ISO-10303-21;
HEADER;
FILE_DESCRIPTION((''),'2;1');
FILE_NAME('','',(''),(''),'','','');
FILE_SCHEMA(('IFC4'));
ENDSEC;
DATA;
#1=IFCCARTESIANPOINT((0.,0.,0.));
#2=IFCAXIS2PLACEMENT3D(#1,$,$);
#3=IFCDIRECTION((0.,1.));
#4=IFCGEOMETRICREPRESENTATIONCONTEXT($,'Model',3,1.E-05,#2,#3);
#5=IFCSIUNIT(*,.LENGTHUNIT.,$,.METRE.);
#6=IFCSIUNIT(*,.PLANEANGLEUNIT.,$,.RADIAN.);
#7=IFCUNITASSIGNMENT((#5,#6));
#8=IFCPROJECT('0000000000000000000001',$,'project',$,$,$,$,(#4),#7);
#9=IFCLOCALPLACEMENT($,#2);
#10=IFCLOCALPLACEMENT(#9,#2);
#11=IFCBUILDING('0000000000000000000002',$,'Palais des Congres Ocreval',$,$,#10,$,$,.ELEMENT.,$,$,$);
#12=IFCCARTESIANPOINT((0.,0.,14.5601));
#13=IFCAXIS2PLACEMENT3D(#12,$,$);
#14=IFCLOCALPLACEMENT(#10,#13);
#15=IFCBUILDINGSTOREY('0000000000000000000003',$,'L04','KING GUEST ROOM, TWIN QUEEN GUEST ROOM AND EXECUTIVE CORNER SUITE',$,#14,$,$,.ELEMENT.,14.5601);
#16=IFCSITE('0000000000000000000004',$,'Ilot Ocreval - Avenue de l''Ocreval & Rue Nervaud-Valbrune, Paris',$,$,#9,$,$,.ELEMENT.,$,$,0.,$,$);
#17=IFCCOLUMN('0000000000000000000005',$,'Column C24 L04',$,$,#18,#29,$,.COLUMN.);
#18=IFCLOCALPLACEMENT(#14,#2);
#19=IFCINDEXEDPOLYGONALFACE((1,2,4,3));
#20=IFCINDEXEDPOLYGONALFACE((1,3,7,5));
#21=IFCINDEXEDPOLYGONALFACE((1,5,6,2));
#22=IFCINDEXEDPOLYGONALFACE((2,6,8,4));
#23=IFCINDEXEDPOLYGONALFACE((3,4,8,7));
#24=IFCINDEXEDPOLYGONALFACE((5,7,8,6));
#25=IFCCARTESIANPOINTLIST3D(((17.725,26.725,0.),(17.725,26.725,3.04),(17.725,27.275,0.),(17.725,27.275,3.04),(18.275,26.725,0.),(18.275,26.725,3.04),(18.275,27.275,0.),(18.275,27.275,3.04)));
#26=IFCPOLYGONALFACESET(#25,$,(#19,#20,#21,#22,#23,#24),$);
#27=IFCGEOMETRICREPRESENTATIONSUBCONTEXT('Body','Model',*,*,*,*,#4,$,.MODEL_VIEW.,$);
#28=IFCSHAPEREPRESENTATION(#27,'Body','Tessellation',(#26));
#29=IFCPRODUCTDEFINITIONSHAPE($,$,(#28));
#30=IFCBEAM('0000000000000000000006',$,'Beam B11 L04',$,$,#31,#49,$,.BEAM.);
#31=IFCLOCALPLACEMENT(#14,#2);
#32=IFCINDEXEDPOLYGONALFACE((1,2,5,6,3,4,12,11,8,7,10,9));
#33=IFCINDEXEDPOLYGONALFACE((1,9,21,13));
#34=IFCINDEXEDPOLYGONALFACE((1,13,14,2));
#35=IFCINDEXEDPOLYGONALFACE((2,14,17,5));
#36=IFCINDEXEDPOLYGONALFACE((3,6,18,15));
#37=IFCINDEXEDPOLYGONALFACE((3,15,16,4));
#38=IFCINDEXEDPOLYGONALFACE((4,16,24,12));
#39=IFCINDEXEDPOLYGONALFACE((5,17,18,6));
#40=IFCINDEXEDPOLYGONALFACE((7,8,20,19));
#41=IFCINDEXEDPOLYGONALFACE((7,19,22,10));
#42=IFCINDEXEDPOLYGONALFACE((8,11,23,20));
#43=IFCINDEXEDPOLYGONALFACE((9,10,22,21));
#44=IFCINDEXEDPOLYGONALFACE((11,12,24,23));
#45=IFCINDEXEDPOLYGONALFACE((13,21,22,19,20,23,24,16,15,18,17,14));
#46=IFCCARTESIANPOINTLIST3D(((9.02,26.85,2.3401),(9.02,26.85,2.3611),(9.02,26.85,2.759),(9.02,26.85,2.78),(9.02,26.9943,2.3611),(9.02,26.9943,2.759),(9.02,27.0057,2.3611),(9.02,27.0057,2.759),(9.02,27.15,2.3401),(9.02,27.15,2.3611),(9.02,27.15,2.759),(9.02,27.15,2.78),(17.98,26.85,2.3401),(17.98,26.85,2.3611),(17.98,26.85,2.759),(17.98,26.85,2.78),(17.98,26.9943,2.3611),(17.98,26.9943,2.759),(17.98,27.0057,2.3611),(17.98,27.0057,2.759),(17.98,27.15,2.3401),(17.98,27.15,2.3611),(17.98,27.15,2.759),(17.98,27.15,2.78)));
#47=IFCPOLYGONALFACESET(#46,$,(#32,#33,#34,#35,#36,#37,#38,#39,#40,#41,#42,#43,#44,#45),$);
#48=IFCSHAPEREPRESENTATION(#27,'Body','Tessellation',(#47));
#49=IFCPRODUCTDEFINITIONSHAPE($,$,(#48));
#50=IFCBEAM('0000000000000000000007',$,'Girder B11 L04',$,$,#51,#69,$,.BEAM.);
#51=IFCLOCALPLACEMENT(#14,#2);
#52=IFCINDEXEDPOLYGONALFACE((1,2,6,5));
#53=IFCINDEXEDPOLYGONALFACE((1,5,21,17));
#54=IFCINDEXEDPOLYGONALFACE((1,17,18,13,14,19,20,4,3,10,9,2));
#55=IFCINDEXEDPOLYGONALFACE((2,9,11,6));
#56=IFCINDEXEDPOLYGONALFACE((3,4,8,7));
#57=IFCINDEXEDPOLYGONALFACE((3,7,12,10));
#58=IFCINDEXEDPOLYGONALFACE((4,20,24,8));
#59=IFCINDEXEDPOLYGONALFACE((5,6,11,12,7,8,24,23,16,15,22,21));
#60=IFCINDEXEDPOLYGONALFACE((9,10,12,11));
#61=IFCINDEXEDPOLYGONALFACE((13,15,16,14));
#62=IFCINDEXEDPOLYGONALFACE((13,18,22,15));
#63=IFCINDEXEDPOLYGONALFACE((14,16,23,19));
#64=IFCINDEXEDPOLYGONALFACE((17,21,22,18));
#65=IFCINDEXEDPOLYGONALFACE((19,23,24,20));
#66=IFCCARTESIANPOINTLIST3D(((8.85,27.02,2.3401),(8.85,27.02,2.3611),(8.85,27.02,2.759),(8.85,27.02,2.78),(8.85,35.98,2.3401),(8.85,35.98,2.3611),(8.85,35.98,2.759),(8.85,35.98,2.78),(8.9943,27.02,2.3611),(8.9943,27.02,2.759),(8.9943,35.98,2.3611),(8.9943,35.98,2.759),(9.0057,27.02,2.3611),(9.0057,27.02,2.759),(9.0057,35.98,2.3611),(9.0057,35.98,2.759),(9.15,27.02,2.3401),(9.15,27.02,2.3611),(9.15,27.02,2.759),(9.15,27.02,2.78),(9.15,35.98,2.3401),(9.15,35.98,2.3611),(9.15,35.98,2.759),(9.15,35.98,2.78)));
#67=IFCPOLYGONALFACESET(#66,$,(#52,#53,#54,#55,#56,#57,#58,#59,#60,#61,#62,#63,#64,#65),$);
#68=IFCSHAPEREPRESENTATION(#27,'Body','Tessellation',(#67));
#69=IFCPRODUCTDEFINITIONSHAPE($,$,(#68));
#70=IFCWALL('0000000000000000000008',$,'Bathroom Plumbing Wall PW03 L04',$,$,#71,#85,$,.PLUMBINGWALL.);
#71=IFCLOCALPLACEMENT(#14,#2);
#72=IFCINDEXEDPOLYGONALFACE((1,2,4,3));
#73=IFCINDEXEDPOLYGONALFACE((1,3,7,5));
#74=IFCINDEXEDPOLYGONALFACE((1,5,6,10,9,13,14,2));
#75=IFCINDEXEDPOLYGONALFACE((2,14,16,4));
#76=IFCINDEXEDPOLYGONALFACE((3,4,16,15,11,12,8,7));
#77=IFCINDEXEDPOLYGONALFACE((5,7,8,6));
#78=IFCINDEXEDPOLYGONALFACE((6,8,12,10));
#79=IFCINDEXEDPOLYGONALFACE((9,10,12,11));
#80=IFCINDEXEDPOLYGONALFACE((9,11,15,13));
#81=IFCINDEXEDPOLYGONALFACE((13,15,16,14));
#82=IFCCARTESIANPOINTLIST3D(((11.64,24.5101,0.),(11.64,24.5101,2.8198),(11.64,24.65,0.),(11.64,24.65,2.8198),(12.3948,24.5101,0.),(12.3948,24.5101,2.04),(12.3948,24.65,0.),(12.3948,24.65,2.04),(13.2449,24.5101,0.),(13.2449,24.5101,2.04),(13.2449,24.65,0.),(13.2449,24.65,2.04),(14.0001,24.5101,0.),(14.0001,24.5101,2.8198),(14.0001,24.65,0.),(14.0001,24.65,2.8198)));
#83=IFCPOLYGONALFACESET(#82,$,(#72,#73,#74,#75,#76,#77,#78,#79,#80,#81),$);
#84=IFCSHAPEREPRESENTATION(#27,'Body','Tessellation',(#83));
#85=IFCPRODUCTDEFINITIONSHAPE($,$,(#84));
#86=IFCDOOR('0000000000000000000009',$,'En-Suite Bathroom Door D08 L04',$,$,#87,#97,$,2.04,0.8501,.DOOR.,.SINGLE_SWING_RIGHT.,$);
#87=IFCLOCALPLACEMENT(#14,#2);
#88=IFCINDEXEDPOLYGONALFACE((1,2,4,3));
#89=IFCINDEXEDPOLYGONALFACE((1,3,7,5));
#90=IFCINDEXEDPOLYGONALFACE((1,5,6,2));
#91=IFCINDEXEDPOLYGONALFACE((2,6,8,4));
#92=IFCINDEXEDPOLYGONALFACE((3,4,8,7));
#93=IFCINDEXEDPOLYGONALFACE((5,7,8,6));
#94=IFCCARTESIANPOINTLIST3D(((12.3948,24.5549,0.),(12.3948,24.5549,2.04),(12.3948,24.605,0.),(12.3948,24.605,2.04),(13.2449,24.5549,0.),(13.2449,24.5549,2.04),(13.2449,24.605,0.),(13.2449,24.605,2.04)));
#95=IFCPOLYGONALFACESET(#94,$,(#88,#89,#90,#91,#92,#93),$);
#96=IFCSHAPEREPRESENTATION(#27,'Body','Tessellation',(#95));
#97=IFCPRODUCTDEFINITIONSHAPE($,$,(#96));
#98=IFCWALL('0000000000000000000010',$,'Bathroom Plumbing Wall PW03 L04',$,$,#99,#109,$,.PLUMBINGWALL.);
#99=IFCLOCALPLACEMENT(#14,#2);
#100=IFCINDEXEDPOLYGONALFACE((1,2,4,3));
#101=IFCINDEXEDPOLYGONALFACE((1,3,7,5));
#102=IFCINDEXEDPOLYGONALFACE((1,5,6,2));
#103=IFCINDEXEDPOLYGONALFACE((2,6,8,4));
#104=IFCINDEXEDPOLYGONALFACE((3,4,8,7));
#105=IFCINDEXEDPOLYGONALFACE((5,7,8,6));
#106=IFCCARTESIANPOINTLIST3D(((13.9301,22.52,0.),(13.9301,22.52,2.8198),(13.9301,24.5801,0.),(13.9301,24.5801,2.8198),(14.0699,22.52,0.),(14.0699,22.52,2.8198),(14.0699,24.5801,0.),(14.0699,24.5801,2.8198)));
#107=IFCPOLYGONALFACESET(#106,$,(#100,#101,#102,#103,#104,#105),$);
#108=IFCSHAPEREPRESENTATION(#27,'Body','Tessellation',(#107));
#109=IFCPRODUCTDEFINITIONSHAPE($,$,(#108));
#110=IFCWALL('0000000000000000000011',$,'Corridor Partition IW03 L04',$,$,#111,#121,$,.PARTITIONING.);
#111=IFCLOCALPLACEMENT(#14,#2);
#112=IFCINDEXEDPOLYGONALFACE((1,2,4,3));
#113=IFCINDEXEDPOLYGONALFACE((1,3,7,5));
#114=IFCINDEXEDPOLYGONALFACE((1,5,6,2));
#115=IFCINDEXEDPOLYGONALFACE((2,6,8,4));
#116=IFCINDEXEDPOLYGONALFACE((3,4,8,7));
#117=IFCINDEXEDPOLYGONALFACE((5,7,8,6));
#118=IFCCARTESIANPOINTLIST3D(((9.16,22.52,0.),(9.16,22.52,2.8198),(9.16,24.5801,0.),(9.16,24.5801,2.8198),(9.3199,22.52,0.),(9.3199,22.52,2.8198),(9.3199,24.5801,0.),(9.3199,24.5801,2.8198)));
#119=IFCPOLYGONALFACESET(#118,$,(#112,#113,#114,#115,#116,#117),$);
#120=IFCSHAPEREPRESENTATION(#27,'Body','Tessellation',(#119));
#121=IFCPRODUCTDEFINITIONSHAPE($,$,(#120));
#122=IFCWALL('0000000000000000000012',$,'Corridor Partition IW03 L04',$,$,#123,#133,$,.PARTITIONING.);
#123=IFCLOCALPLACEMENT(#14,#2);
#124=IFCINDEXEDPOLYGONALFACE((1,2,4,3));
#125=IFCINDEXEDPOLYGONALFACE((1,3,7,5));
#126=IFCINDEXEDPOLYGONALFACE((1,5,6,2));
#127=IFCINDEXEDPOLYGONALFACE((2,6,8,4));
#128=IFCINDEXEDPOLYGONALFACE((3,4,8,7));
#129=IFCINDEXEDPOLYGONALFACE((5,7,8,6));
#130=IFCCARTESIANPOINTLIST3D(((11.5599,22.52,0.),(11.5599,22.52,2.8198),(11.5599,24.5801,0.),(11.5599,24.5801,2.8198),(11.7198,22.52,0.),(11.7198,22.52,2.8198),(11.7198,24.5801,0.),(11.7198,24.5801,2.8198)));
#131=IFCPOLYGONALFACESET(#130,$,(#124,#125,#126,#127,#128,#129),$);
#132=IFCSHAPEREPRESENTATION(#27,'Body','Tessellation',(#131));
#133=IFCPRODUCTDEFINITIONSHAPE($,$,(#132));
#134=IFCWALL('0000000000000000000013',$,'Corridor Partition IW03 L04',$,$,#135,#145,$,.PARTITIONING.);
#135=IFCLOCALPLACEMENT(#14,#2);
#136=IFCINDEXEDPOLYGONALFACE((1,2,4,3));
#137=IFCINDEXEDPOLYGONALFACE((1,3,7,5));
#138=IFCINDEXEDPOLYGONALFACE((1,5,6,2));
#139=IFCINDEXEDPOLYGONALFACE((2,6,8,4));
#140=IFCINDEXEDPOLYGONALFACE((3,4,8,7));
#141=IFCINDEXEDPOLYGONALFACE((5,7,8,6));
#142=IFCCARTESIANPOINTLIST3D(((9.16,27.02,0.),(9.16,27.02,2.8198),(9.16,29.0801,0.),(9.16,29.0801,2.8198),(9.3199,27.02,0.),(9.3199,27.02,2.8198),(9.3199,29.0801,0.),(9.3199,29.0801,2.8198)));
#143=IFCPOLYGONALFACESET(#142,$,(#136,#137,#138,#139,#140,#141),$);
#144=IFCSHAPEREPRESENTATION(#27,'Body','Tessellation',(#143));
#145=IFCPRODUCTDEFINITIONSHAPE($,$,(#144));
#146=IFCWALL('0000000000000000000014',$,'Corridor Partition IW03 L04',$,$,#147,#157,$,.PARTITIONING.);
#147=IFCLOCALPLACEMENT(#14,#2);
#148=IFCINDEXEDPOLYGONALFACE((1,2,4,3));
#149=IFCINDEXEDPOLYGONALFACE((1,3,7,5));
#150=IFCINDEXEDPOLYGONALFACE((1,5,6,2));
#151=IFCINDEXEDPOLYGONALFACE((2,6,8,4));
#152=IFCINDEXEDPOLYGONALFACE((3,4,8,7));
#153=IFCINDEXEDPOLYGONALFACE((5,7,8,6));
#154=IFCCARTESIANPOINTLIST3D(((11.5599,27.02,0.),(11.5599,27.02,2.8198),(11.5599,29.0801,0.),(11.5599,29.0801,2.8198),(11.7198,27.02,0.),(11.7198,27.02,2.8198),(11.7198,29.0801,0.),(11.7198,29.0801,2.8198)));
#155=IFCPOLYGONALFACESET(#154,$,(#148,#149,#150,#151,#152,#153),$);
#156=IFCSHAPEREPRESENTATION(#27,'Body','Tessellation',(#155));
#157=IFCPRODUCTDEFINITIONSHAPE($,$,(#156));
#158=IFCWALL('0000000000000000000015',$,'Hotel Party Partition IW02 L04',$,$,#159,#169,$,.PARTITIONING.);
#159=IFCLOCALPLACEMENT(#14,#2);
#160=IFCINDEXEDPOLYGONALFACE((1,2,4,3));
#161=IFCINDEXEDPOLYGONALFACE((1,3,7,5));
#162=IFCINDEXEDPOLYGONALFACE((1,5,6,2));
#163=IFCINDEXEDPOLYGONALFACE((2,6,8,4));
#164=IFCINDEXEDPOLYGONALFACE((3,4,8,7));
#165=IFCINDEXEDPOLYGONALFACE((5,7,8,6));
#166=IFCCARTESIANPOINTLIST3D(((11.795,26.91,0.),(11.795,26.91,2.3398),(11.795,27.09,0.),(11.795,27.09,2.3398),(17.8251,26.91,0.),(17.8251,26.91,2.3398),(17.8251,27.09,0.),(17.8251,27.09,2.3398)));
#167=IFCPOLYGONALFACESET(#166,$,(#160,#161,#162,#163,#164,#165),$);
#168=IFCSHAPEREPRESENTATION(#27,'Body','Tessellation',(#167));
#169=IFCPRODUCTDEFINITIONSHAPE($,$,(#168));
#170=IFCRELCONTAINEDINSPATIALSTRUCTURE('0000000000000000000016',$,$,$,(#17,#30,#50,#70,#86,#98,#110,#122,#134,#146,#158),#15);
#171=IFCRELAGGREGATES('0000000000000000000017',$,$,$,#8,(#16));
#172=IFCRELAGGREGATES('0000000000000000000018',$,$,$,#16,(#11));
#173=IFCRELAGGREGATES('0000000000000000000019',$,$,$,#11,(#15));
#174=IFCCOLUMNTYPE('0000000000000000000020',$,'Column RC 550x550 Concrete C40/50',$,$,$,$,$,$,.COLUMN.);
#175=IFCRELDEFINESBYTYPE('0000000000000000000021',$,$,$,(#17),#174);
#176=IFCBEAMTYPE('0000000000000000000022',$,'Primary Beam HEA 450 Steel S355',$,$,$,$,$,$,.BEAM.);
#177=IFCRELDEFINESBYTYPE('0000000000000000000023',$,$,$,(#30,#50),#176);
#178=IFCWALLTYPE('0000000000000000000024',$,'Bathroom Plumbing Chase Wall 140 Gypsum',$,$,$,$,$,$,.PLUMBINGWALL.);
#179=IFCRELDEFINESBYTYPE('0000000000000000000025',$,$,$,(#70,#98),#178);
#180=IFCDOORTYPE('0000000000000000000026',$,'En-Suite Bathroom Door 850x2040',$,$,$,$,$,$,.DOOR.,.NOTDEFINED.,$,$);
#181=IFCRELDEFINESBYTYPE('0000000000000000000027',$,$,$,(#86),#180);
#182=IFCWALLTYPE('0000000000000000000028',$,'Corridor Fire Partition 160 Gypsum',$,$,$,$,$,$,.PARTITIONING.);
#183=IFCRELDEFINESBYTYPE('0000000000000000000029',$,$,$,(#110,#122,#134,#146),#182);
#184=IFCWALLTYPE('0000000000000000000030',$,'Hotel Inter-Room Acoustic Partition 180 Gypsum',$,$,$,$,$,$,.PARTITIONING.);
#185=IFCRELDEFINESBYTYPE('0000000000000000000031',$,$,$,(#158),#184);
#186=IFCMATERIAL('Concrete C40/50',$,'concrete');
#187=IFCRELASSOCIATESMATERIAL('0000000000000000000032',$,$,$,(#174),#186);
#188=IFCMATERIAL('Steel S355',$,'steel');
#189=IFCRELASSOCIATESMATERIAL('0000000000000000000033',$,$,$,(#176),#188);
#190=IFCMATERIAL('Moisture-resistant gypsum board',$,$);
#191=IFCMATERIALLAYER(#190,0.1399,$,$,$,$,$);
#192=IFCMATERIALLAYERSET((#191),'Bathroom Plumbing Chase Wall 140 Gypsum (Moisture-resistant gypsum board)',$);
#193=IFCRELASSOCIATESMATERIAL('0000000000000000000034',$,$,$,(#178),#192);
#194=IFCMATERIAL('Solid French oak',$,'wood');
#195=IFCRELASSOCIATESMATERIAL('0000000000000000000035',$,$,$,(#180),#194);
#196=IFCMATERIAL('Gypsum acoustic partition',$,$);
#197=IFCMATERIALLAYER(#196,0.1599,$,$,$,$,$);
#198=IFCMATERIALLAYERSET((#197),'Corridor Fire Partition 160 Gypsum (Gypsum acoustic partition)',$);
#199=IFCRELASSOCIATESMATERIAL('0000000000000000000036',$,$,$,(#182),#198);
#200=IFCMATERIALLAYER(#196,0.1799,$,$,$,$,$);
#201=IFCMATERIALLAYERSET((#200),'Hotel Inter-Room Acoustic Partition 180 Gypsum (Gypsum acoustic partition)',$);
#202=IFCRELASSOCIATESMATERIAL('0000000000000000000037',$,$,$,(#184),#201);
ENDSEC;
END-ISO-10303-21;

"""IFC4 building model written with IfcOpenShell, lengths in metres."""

from ifc_helpers import new_model, si_unit, direction, frame, frame_2d, origin, origin_2d, place, context, subcontext, project, spatial, rectangle, i_section, extrude, material, layer, layer_set, material_profile, profile_set, type_object, element, fill, save


model = new_model("IFC4")

# Units and contexts
model_context = context("Model", 3, precision=1e-05, world=origin(), true_north=direction((0.0, 1.0)))
body_context = subcontext(model_context, "Body", "Model", "MODEL_VIEW")
ifc_project = project(units=[si_unit("LENGTHUNIT", "METRE"), si_unit("PLANEANGLEUNIT", "RADIAN")], contexts=[model_context])

# Site, building, storey
site_placement = place(None, origin())
site = spatial("IfcSite", under=ifc_project, at=site_placement, Name="Ilot Ocreval - Avenue de l'Ocreval & Rue Nervaud-Valbrune, Paris", CompositionType="ELEMENT", RefElevation=0.0)
building_placement = place(site_placement, origin())
building = spatial("IfcBuilding", under=site, at=building_placement, Name="Palais des Congres Ocreval", CompositionType="ELEMENT")
storey_placement = place(building_placement, frame((0.0, 0.0, 14.5601)))
storey = spatial("IfcBuildingStorey", under=building, at=storey_placement, Name="L04", Description="KING GUEST ROOM, TWIN QUEEN GUEST ROOM AND EXECUTIVE CORNER SUITE", CompositionType="ELEMENT", Elevation=14.5601)

# Column
ifc_material_1 = material(Name="Concrete C40/50", Category="concrete")
ifc_material_profile_1 = material_profile(ifc_material_1, rectangle(XDim=0.55, YDim=0.55, at=origin_2d()), Name="RC 550x550")
ifc_profile_set_1 = profile_set([ifc_material_profile_1], Name="Concrete C40/50")
column_type = type_object("IfcColumnType", Name="Column RC 550x550 Concrete C40/50", PredefinedType="COLUMN", material=ifc_profile_set_1)
column_placement = place(storey_placement, frame((18.0, 27.0, 0.0), z_axis=(0.0, 0.0, 1.0), x_axis=(1.0, 0.0, 0.0)))
element("IfcColumn", 1, at=column_placement, inside=storey, type_object=column_type, Name="Column C24 L04", PredefinedType="COLUMN", context=body_context, shape_type="SweptSolid", body=[
    extrude(rectangle(XDim=0.55, YDim=0.55, at=origin_2d()), origin(), (0.0, 0.0, 1.0), 3.04),
])

# Beams
ifc_material_2 = material(Name="Steel S355", Category="steel")
ifc_material_profile_2 = material_profile(ifc_material_2, i_section(OverallWidth=0.3, OverallDepth=0.4399, WebThickness=0.0115, FlangeThickness=0.021, at=origin_2d()), Name="HEA 450")
ifc_profile_set_2 = profile_set([ifc_material_profile_2], Name="Steel S355")
beam_type = type_object("IfcBeamType", Name="Primary Beam HEA 450 Steel S355", PredefinedType="BEAM", material=ifc_profile_set_2)
for number, where, z_axis, x_axis, name in (
    (2, (9.02, 27.0, 2.5601), (1.0, 0.0, 0.0), (0.0, 1.0, 0.0), "Beam B11 L04"),
    (3, (9.0, 27.02, 2.5601), (0.0, 1.0, 0.0), (-1.0, 0.0, 0.0), "Girder B11 L04"),
):
    element("IfcBeam", number, at=place(storey_placement, frame(where, z_axis=z_axis, x_axis=x_axis)), inside=storey, type_object=beam_type, Name=name, PredefinedType="BEAM", context=body_context, shape_type="SweptSolid", body=[
        extrude(i_section(OverallWidth=0.3, OverallDepth=0.4399, WebThickness=0.0115, FlangeThickness=0.021, at=origin_2d()), origin(), (0.0, 0.0, 1.0), 8.96),
    ])

# Wall, opening, door
ifc_material_3 = material(Name="Moisture-resistant gypsum board")
ifc_layer_1 = layer(ifc_material_3, 0.1399)
ifc_layer_set_1 = layer_set([ifc_layer_1], Name="Bathroom Plumbing Chase Wall 140 Gypsum (Moisture-resistant gypsum board)")
wall_type_1 = type_object("IfcWallType", Name="Bathroom Plumbing Chase Wall 140 Gypsum", PredefinedType="PLUMBINGWALL", material=ifc_layer_set_1)
wall_1_placement = place(storey_placement, frame((11.6399, 24.5801, 0.0), z_axis=(0.0, 0.0, 1.0), x_axis=(1.0, 0.0, 0.0)))
wall_1 = element("IfcWall", 4, at=wall_1_placement, inside=storey, type_object=wall_type_1, Name="Bathroom Plumbing Wall PW03 L04", PredefinedType="PLUMBINGWALL", context=body_context, shape_type="SweptSolid", body=[
    extrude(rectangle(XDim=2.3601, YDim=0.1399, at=frame_2d((1.1802, 0.0))), origin(), (0.0, 0.0, 1.0), 2.8198),
])
opening_1_placement = place(wall_1_placement, frame((0.7549, 0.0, 0.0)))
opening_1 = element("IfcOpeningElement", 5, at=opening_1_placement, cuts=wall_1, PredefinedType="OPENING", context=body_context, shape_type="SweptSolid", body=[
    extrude(rectangle(XDim=0.8501, YDim=2.04, at=frame_2d((0.425, 1.02))), frame((0.0, 0.0798, 0.0), z_axis=(0.0, -1.0, 0.0), x_axis=(1.0, 0.0, 0.0)), (0.0, 0.0, 1.0), 0.1599),
])
ifc_material_4 = material(Name="Solid French oak", Category="wood")
door_type_1 = type_object("IfcDoorType", Name="En-Suite Bathroom Door 850x2040", OperationType="NOTDEFINED", PredefinedType="DOOR", material=ifc_material_4)
door_1_placement = place(opening_1_placement, origin())
door_1 = element("IfcDoor", 6, at=door_1_placement, inside=storey, type_object=door_type_1, Name="En-Suite Bathroom Door D08 L04", OperationType="SINGLE_SWING_RIGHT", OverallHeight=2.04, OverallWidth=0.8501, PredefinedType="DOOR", context=body_context, shape_type="SweptSolid", body=[
    extrude(rectangle(XDim=0.8501, YDim=2.04, at=frame_2d((0.425, 1.02))), frame((0.0, 0.0249, 0.0), z_axis=(0.0, -1.0, 0.0), x_axis=(1.0, 0.0, 0.0)), (0.0, 0.0, 1.0), 0.05),
])
fill(opening_1, door_1)

# Walls
wall_2_placement = place(storey_placement, frame((14.0, 22.52, 0.0), z_axis=(0.0, 0.0, 1.0), x_axis=(0.0, 1.0, 0.0)))
element("IfcWall", 7, at=wall_2_placement, inside=storey, type_object=wall_type_1, Name="Bathroom Plumbing Wall PW03 L04", PredefinedType="PLUMBINGWALL", context=body_context, shape_type="SweptSolid", body=[
    extrude(rectangle(XDim=2.0601, YDim=0.1399, at=frame_2d((1.03, 0.0))), origin(), (0.0, 0.0, 1.0), 2.8198),
])
ifc_material_5 = material(Name="Gypsum acoustic partition")
ifc_layer_2 = layer(ifc_material_5, 0.1599)
ifc_layer_set_2 = layer_set([ifc_layer_2], Name="Corridor Fire Partition 160 Gypsum (Gypsum acoustic partition)")
wall_type_2 = type_object("IfcWallType", Name="Corridor Fire Partition 160 Gypsum", PredefinedType="PARTITIONING", material=ifc_layer_set_2)
for number, where, z_axis, x_axis, name in (
    (8, (9.24, 22.52, 0.0), (0.0, 0.0, 1.0), (0.0, 1.0, 0.0), "Corridor Partition IW03 L04"),
    (9, (11.6399, 22.52, 0.0), (0.0, 0.0, 1.0), (0.0, 1.0, 0.0), "Corridor Partition IW03 L04"),
    (10, (9.24, 27.02, 0.0), (0.0, 0.0, 1.0), (0.0, 1.0, 0.0), "Corridor Partition IW03 L04"),
    (11, (11.6399, 27.02, 0.0), (0.0, 0.0, 1.0), (0.0, 1.0, 0.0), "Corridor Partition IW03 L04"),
):
    element("IfcWall", number, at=place(storey_placement, frame(where, z_axis=z_axis, x_axis=x_axis)), inside=storey, type_object=wall_type_2, Name=name, PredefinedType="PARTITIONING", context=body_context, shape_type="SweptSolid", body=[
        extrude(rectangle(XDim=2.0601, YDim=0.1599, at=frame_2d((1.03, 0.0))), origin(), (0.0, 0.0, 1.0), 2.8198),
    ])

# Wall
ifc_layer_3 = layer(ifc_material_5, 0.1799)
ifc_layer_set_3 = layer_set([ifc_layer_3], Name="Hotel Inter-Room Acoustic Partition 180 Gypsum (Gypsum acoustic partition)")
wall_type_3 = type_object("IfcWallType", Name="Hotel Inter-Room Acoustic Partition 180 Gypsum", PredefinedType="PARTITIONING", material=ifc_layer_set_3)
wall_3_placement = place(storey_placement, frame((11.7949, 27.0, 0.0), z_axis=(0.0, 0.0, 1.0), x_axis=(1.0, 0.0, 0.0)))
element("IfcWall", 12, at=wall_3_placement, inside=storey, type_object=wall_type_3, Name="Hotel Party Partition IW02 L04", PredefinedType="PARTITIONING", context=body_context, shape_type="SweptSolid", body=[
    extrude(rectangle(XDim=6.03, YDim=0.1799, at=frame_2d((3.0151, 0.0))), origin(), (0.0, 0.0, 1.0), 2.3398),
])

save(model, "model.ifc")
